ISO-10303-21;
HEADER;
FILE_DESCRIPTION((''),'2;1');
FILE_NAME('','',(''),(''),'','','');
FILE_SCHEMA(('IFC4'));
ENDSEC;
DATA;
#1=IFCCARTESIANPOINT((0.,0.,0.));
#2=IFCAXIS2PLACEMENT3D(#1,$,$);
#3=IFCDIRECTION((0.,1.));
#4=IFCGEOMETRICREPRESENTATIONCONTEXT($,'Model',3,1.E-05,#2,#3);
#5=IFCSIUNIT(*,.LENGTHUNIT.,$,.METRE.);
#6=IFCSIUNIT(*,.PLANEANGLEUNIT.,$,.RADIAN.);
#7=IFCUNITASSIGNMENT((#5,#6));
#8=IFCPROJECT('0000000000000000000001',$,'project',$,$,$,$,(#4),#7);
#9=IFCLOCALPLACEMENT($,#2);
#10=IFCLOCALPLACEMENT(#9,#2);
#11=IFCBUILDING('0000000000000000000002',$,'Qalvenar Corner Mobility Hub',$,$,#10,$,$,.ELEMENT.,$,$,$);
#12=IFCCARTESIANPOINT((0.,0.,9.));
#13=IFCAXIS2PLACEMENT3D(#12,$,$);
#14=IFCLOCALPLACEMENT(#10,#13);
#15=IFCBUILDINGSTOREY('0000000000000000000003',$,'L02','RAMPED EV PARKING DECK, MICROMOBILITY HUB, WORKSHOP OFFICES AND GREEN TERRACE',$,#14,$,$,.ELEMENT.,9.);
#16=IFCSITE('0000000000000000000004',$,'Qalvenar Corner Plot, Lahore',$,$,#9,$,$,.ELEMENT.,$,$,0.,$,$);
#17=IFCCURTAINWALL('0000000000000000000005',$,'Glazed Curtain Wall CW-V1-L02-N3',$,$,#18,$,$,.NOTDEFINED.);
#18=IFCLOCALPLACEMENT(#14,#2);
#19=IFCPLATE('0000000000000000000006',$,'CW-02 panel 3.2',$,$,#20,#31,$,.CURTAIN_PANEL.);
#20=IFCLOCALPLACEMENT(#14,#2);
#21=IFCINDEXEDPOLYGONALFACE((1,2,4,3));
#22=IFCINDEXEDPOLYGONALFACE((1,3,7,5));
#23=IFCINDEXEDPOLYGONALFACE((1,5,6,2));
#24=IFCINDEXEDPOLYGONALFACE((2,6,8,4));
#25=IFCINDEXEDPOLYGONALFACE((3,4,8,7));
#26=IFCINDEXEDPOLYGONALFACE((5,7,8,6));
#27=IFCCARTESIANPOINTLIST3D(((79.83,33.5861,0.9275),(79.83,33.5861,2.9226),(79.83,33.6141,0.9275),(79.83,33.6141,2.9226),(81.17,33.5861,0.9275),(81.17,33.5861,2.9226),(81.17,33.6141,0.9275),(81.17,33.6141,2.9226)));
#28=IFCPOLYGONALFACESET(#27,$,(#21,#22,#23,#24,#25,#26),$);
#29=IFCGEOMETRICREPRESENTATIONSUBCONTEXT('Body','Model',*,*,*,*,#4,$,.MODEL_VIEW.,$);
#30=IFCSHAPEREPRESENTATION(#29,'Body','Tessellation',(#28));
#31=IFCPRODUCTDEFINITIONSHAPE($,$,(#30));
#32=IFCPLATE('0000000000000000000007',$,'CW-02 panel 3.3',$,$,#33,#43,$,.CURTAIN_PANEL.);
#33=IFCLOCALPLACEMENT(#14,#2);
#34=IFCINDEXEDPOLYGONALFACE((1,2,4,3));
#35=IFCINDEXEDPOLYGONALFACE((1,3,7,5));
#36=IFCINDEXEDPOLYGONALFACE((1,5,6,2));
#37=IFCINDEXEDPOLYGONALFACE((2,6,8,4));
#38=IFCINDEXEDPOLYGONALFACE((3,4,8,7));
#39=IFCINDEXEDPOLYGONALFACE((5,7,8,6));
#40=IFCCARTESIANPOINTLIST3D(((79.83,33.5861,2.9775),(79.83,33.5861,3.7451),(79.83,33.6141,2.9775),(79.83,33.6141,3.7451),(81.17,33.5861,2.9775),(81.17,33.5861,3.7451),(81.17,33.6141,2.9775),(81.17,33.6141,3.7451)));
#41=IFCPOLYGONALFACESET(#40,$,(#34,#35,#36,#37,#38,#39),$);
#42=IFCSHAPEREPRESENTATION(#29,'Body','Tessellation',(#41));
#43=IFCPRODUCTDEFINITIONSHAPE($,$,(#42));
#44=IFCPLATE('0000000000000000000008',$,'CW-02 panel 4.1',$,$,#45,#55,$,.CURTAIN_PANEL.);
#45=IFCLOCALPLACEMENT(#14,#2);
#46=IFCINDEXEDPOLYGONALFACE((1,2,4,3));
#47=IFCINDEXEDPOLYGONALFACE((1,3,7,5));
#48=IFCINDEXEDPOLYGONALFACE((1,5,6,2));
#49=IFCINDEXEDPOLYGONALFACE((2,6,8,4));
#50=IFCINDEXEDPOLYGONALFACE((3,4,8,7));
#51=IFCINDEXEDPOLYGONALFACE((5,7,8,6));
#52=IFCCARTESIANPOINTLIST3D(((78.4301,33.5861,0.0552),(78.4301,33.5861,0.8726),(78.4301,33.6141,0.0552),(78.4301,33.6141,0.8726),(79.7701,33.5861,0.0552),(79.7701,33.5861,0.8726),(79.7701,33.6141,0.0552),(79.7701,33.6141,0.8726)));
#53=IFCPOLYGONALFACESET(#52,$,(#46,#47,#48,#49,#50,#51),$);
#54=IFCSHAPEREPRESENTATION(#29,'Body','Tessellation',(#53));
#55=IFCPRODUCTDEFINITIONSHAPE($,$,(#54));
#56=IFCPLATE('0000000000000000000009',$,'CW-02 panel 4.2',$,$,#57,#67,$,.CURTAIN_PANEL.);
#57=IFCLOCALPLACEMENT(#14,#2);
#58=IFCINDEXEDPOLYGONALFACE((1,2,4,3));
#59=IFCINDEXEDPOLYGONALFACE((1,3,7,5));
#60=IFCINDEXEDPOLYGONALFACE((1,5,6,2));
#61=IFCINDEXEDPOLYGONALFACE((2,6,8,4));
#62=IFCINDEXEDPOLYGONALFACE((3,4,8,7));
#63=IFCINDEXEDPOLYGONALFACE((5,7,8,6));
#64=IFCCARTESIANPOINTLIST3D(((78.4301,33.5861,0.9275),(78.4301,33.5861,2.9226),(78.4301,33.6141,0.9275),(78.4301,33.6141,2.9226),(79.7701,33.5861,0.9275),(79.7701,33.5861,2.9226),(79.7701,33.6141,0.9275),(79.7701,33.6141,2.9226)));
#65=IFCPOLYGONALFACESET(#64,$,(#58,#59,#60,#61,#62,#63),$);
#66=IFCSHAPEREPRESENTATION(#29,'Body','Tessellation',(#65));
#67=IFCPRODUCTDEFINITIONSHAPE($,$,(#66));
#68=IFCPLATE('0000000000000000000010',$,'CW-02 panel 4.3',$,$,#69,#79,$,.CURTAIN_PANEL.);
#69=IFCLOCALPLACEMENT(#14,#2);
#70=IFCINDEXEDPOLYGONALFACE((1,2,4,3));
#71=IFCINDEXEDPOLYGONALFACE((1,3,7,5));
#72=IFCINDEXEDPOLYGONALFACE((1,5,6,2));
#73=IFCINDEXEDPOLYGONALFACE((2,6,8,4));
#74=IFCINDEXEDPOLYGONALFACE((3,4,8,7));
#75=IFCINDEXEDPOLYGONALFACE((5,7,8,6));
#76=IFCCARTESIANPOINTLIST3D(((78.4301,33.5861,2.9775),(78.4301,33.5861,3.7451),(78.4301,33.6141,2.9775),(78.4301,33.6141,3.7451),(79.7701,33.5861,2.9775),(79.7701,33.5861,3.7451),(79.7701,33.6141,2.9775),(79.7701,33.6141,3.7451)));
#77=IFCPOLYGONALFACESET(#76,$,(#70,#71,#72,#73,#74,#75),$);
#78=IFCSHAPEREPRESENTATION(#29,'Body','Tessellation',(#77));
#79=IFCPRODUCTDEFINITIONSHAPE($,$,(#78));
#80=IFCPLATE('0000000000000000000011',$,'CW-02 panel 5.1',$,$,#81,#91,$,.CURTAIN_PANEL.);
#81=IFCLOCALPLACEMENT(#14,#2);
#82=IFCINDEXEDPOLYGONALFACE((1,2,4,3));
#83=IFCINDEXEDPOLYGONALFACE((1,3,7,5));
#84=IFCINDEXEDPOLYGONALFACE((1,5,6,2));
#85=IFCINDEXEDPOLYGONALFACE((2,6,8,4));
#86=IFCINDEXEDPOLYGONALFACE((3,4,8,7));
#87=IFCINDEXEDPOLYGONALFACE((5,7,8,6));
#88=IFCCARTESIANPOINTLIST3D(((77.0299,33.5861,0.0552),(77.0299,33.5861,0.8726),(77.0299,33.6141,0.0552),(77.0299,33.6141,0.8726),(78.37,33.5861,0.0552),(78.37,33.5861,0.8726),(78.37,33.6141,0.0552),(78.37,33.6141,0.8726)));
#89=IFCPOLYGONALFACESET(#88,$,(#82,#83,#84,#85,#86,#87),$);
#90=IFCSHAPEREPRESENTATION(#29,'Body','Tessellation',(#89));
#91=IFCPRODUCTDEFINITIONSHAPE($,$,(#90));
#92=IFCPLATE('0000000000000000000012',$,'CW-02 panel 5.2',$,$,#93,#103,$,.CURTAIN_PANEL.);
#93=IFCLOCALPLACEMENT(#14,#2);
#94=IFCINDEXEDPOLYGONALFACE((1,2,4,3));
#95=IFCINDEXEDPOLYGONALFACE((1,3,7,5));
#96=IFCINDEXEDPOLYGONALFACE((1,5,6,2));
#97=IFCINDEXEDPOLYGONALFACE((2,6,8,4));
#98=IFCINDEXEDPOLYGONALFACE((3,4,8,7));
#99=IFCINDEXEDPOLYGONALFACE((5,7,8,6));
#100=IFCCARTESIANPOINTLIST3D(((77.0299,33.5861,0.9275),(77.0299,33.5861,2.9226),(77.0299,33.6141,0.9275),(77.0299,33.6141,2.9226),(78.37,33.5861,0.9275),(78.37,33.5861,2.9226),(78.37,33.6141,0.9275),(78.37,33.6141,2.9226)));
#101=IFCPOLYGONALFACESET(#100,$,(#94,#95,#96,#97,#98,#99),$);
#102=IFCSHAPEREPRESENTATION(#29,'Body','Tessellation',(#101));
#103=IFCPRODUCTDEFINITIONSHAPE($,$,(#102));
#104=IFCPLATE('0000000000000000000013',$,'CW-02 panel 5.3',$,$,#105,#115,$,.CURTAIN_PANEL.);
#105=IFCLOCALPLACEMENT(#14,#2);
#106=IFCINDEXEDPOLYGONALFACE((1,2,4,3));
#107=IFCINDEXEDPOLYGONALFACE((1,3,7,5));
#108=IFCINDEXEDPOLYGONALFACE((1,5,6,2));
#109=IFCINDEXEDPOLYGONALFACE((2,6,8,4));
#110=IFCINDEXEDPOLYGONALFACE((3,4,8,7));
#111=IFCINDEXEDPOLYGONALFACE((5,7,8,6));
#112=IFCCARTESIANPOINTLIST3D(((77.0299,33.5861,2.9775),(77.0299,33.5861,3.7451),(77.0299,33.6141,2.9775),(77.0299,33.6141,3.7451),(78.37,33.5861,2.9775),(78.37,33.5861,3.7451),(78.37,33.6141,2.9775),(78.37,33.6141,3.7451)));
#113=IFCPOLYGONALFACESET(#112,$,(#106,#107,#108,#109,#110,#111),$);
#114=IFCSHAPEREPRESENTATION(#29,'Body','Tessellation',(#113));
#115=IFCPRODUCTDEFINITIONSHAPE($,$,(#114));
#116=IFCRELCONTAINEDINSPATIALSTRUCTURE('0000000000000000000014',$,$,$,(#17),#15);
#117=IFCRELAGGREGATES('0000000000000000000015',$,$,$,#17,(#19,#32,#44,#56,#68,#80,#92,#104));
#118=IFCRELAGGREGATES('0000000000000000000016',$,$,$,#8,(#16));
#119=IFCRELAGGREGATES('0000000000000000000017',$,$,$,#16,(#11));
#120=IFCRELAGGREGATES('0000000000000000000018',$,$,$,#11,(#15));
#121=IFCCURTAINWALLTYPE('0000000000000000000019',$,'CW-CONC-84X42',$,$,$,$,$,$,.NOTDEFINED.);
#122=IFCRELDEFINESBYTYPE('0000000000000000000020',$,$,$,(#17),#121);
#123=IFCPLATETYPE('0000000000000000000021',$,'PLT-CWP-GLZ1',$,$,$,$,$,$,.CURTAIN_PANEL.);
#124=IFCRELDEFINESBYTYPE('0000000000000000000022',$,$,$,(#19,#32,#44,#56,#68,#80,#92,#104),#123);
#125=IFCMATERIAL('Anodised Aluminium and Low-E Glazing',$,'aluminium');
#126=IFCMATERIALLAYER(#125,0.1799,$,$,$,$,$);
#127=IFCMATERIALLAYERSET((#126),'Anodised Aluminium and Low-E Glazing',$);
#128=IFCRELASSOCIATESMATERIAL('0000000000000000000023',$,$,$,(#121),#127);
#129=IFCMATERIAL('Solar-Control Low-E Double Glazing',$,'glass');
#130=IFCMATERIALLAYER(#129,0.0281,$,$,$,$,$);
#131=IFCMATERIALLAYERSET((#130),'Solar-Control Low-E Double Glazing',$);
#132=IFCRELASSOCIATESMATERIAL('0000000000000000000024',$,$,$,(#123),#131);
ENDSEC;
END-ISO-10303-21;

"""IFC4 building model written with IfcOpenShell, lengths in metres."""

from ifc_helpers import new_model, si_unit, direction, frame, origin, origin_2d, place, context, subcontext, project, spatial, rectangle, extrude, material, layer, layer_set, type_object, element, aggregate, save


model = new_model("IFC4")

# Units and contexts
model_context = context("Model", 3, precision=1e-05, world=origin(), true_north=direction((0.0, 1.0)))
body_context = subcontext(model_context, "Body", "Model", "MODEL_VIEW")
ifc_project = project(units=[si_unit("LENGTHUNIT", "METRE"), si_unit("PLANEANGLEUNIT", "RADIAN")], contexts=[model_context])

# Site, building, storey
site_placement = place(None, origin())
site = spatial("IfcSite", under=ifc_project, at=site_placement, Name="Qalvenar Corner Plot, Lahore", CompositionType="ELEMENT", RefElevation=0.0)
building_placement = place(site_placement, origin())
building = spatial("IfcBuilding", under=site, at=building_placement, Name="Qalvenar Corner Mobility Hub", CompositionType="ELEMENT")
storey_placement = place(building_placement, frame((0.0, 0.0, 9.0)))
storey = spatial("IfcBuildingStorey", under=building, at=storey_placement, Name="L02", Description="RAMPED EV PARKING DECK, MICROMOBILITY HUB, WORKSHOP OFFICES AND GREEN TERRACE", CompositionType="ELEMENT", Elevation=9.0)

# Curtain wall, plates
ifc_material_1 = material(Name="Anodised Aluminium and Low-E Glazing", Category="aluminium")
ifc_layer_1 = layer(ifc_material_1, 0.1799)
ifc_layer_set_1 = layer_set([ifc_layer_1], Name="Anodised Aluminium and Low-E Glazing")
curtain_wall_type = type_object("IfcCurtainWallType", Name="CW-CONC-84X42", PredefinedType="NOTDEFINED", material=ifc_layer_set_1)
curtain_wall_placement = place(storey_placement, origin())
curtain_wall = element("IfcCurtainWall", 1, at=curtain_wall_placement, inside=storey, type_object=curtain_wall_type, Name="Glazed Curtain Wall CW-V1-L02-N3", PredefinedType="NOTDEFINED")
ifc_material_2 = material(Name="Solar-Control Low-E Double Glazing", Category="glass")
ifc_layer_2 = layer(ifc_material_2, 0.0281)
ifc_layer_set_2 = layer_set([ifc_layer_2], Name="Solar-Control Low-E Double Glazing")
plate_type = type_object("IfcPlateType", Name="PLT-CWP-GLZ1", PredefinedType="CURTAIN_PANEL", material=ifc_layer_set_2)
plate_1_placement = place(storey_placement, frame((80.5, 33.6001, 0.9275), z_axis=(0.0, 0.0, 1.0), x_axis=(-1.0, 0.0, 0.0)))
plate_1 = element("IfcPlate", 2, at=plate_1_placement, type_object=plate_type, Name="CW-02 panel 3.2", PredefinedType="CURTAIN_PANEL", context=body_context, shape_type="SweptSolid", body=[
    extrude(rectangle(XDim=1.3401, YDim=0.0281, at=origin_2d()), origin(), (0.0, 0.0, 1.0), 1.9951),
])
plate_2_placement = place(storey_placement, frame((80.5, 33.6001, 2.9775), z_axis=(0.0, 0.0, 1.0), x_axis=(-1.0, 0.0, 0.0)))
plate_2 = element("IfcPlate", 3, at=plate_2_placement, type_object=plate_type, Name="CW-02 panel 3.3", PredefinedType="CURTAIN_PANEL", context=body_context, shape_type="SweptSolid", body=[
    extrude(rectangle(XDim=1.3401, YDim=0.0281, at=origin_2d()), origin(), (0.0, 0.0, 1.0), 0.7676),
])
plate_3_placement = place(storey_placement, frame((79.1001, 33.6001, 0.0552), z_axis=(0.0, 0.0, 1.0), x_axis=(-1.0, 0.0, 0.0)))
plate_3 = element("IfcPlate", 4, at=plate_3_placement, type_object=plate_type, Name="CW-02 panel 4.1", PredefinedType="CURTAIN_PANEL", context=body_context, shape_type="SweptSolid", body=[
    extrude(rectangle(XDim=1.3401, YDim=0.0281, at=origin_2d()), origin(), (0.0, 0.0, 1.0), 0.8174),
])
plate_4_placement = place(storey_placement, frame((79.1001, 33.6001, 0.9275), z_axis=(0.0, 0.0, 1.0), x_axis=(-1.0, 0.0, 0.0)))
plate_4 = element("IfcPlate", 5, at=plate_4_placement, type_object=plate_type, Name="CW-02 panel 4.2", PredefinedType="CURTAIN_PANEL", context=body_context, shape_type="SweptSolid", body=[
    extrude(rectangle(XDim=1.3401, YDim=0.0281, at=origin_2d()), origin(), (0.0, 0.0, 1.0), 1.9951),
])
plate_5_placement = place(storey_placement, frame((79.1001, 33.6001, 2.9775), z_axis=(0.0, 0.0, 1.0), x_axis=(-1.0, 0.0, 0.0)))
plate_5 = element("IfcPlate", 6, at=plate_5_placement, type_object=plate_type, Name="CW-02 panel 4.3", PredefinedType="CURTAIN_PANEL", context=body_context, shape_type="SweptSolid", body=[
    extrude(rectangle(XDim=1.3401, YDim=0.0281, at=origin_2d()), origin(), (0.0, 0.0, 1.0), 0.7676),
])
plate_6_placement = place(storey_placement, frame((77.7, 33.6001, 0.0552), z_axis=(0.0, 0.0, 1.0), x_axis=(-1.0, 0.0, 0.0)))
plate_6 = element("IfcPlate", 7, at=plate_6_placement, type_object=plate_type, Name="CW-02 panel 5.1", PredefinedType="CURTAIN_PANEL", context=body_context, shape_type="SweptSolid", body=[
    extrude(rectangle(XDim=1.3401, YDim=0.0281, at=origin_2d()), origin(), (0.0, 0.0, 1.0), 0.8174),
])
plate_7_placement = place(storey_placement, frame((77.7, 33.6001, 0.9275), z_axis=(0.0, 0.0, 1.0), x_axis=(-1.0, 0.0, 0.0)))
plate_7 = element("IfcPlate", 8, at=plate_7_placement, type_object=plate_type, Name="CW-02 panel 5.2", PredefinedType="CURTAIN_PANEL", context=body_context, shape_type="SweptSolid", body=[
    extrude(rectangle(XDim=1.3401, YDim=0.0281, at=origin_2d()), origin(), (0.0, 0.0, 1.0), 1.9951),
])
plate_8_placement = place(storey_placement, frame((77.7, 33.6001, 2.9775), z_axis=(0.0, 0.0, 1.0), x_axis=(-1.0, 0.0, 0.0)))
plate_8 = element("IfcPlate", 9, at=plate_8_placement, type_object=plate_type, Name="CW-02 panel 5.3", PredefinedType="CURTAIN_PANEL", context=body_context, shape_type="SweptSolid", body=[
    extrude(rectangle(XDim=1.3401, YDim=0.0281, at=origin_2d()), origin(), (0.0, 0.0, 1.0), 0.7676),
])
aggregate(curtain_wall, [plate_1, plate_2, plate_3, plate_4, plate_5, plate_6, plate_7, plate_8])

save(model, "model.ifc")
